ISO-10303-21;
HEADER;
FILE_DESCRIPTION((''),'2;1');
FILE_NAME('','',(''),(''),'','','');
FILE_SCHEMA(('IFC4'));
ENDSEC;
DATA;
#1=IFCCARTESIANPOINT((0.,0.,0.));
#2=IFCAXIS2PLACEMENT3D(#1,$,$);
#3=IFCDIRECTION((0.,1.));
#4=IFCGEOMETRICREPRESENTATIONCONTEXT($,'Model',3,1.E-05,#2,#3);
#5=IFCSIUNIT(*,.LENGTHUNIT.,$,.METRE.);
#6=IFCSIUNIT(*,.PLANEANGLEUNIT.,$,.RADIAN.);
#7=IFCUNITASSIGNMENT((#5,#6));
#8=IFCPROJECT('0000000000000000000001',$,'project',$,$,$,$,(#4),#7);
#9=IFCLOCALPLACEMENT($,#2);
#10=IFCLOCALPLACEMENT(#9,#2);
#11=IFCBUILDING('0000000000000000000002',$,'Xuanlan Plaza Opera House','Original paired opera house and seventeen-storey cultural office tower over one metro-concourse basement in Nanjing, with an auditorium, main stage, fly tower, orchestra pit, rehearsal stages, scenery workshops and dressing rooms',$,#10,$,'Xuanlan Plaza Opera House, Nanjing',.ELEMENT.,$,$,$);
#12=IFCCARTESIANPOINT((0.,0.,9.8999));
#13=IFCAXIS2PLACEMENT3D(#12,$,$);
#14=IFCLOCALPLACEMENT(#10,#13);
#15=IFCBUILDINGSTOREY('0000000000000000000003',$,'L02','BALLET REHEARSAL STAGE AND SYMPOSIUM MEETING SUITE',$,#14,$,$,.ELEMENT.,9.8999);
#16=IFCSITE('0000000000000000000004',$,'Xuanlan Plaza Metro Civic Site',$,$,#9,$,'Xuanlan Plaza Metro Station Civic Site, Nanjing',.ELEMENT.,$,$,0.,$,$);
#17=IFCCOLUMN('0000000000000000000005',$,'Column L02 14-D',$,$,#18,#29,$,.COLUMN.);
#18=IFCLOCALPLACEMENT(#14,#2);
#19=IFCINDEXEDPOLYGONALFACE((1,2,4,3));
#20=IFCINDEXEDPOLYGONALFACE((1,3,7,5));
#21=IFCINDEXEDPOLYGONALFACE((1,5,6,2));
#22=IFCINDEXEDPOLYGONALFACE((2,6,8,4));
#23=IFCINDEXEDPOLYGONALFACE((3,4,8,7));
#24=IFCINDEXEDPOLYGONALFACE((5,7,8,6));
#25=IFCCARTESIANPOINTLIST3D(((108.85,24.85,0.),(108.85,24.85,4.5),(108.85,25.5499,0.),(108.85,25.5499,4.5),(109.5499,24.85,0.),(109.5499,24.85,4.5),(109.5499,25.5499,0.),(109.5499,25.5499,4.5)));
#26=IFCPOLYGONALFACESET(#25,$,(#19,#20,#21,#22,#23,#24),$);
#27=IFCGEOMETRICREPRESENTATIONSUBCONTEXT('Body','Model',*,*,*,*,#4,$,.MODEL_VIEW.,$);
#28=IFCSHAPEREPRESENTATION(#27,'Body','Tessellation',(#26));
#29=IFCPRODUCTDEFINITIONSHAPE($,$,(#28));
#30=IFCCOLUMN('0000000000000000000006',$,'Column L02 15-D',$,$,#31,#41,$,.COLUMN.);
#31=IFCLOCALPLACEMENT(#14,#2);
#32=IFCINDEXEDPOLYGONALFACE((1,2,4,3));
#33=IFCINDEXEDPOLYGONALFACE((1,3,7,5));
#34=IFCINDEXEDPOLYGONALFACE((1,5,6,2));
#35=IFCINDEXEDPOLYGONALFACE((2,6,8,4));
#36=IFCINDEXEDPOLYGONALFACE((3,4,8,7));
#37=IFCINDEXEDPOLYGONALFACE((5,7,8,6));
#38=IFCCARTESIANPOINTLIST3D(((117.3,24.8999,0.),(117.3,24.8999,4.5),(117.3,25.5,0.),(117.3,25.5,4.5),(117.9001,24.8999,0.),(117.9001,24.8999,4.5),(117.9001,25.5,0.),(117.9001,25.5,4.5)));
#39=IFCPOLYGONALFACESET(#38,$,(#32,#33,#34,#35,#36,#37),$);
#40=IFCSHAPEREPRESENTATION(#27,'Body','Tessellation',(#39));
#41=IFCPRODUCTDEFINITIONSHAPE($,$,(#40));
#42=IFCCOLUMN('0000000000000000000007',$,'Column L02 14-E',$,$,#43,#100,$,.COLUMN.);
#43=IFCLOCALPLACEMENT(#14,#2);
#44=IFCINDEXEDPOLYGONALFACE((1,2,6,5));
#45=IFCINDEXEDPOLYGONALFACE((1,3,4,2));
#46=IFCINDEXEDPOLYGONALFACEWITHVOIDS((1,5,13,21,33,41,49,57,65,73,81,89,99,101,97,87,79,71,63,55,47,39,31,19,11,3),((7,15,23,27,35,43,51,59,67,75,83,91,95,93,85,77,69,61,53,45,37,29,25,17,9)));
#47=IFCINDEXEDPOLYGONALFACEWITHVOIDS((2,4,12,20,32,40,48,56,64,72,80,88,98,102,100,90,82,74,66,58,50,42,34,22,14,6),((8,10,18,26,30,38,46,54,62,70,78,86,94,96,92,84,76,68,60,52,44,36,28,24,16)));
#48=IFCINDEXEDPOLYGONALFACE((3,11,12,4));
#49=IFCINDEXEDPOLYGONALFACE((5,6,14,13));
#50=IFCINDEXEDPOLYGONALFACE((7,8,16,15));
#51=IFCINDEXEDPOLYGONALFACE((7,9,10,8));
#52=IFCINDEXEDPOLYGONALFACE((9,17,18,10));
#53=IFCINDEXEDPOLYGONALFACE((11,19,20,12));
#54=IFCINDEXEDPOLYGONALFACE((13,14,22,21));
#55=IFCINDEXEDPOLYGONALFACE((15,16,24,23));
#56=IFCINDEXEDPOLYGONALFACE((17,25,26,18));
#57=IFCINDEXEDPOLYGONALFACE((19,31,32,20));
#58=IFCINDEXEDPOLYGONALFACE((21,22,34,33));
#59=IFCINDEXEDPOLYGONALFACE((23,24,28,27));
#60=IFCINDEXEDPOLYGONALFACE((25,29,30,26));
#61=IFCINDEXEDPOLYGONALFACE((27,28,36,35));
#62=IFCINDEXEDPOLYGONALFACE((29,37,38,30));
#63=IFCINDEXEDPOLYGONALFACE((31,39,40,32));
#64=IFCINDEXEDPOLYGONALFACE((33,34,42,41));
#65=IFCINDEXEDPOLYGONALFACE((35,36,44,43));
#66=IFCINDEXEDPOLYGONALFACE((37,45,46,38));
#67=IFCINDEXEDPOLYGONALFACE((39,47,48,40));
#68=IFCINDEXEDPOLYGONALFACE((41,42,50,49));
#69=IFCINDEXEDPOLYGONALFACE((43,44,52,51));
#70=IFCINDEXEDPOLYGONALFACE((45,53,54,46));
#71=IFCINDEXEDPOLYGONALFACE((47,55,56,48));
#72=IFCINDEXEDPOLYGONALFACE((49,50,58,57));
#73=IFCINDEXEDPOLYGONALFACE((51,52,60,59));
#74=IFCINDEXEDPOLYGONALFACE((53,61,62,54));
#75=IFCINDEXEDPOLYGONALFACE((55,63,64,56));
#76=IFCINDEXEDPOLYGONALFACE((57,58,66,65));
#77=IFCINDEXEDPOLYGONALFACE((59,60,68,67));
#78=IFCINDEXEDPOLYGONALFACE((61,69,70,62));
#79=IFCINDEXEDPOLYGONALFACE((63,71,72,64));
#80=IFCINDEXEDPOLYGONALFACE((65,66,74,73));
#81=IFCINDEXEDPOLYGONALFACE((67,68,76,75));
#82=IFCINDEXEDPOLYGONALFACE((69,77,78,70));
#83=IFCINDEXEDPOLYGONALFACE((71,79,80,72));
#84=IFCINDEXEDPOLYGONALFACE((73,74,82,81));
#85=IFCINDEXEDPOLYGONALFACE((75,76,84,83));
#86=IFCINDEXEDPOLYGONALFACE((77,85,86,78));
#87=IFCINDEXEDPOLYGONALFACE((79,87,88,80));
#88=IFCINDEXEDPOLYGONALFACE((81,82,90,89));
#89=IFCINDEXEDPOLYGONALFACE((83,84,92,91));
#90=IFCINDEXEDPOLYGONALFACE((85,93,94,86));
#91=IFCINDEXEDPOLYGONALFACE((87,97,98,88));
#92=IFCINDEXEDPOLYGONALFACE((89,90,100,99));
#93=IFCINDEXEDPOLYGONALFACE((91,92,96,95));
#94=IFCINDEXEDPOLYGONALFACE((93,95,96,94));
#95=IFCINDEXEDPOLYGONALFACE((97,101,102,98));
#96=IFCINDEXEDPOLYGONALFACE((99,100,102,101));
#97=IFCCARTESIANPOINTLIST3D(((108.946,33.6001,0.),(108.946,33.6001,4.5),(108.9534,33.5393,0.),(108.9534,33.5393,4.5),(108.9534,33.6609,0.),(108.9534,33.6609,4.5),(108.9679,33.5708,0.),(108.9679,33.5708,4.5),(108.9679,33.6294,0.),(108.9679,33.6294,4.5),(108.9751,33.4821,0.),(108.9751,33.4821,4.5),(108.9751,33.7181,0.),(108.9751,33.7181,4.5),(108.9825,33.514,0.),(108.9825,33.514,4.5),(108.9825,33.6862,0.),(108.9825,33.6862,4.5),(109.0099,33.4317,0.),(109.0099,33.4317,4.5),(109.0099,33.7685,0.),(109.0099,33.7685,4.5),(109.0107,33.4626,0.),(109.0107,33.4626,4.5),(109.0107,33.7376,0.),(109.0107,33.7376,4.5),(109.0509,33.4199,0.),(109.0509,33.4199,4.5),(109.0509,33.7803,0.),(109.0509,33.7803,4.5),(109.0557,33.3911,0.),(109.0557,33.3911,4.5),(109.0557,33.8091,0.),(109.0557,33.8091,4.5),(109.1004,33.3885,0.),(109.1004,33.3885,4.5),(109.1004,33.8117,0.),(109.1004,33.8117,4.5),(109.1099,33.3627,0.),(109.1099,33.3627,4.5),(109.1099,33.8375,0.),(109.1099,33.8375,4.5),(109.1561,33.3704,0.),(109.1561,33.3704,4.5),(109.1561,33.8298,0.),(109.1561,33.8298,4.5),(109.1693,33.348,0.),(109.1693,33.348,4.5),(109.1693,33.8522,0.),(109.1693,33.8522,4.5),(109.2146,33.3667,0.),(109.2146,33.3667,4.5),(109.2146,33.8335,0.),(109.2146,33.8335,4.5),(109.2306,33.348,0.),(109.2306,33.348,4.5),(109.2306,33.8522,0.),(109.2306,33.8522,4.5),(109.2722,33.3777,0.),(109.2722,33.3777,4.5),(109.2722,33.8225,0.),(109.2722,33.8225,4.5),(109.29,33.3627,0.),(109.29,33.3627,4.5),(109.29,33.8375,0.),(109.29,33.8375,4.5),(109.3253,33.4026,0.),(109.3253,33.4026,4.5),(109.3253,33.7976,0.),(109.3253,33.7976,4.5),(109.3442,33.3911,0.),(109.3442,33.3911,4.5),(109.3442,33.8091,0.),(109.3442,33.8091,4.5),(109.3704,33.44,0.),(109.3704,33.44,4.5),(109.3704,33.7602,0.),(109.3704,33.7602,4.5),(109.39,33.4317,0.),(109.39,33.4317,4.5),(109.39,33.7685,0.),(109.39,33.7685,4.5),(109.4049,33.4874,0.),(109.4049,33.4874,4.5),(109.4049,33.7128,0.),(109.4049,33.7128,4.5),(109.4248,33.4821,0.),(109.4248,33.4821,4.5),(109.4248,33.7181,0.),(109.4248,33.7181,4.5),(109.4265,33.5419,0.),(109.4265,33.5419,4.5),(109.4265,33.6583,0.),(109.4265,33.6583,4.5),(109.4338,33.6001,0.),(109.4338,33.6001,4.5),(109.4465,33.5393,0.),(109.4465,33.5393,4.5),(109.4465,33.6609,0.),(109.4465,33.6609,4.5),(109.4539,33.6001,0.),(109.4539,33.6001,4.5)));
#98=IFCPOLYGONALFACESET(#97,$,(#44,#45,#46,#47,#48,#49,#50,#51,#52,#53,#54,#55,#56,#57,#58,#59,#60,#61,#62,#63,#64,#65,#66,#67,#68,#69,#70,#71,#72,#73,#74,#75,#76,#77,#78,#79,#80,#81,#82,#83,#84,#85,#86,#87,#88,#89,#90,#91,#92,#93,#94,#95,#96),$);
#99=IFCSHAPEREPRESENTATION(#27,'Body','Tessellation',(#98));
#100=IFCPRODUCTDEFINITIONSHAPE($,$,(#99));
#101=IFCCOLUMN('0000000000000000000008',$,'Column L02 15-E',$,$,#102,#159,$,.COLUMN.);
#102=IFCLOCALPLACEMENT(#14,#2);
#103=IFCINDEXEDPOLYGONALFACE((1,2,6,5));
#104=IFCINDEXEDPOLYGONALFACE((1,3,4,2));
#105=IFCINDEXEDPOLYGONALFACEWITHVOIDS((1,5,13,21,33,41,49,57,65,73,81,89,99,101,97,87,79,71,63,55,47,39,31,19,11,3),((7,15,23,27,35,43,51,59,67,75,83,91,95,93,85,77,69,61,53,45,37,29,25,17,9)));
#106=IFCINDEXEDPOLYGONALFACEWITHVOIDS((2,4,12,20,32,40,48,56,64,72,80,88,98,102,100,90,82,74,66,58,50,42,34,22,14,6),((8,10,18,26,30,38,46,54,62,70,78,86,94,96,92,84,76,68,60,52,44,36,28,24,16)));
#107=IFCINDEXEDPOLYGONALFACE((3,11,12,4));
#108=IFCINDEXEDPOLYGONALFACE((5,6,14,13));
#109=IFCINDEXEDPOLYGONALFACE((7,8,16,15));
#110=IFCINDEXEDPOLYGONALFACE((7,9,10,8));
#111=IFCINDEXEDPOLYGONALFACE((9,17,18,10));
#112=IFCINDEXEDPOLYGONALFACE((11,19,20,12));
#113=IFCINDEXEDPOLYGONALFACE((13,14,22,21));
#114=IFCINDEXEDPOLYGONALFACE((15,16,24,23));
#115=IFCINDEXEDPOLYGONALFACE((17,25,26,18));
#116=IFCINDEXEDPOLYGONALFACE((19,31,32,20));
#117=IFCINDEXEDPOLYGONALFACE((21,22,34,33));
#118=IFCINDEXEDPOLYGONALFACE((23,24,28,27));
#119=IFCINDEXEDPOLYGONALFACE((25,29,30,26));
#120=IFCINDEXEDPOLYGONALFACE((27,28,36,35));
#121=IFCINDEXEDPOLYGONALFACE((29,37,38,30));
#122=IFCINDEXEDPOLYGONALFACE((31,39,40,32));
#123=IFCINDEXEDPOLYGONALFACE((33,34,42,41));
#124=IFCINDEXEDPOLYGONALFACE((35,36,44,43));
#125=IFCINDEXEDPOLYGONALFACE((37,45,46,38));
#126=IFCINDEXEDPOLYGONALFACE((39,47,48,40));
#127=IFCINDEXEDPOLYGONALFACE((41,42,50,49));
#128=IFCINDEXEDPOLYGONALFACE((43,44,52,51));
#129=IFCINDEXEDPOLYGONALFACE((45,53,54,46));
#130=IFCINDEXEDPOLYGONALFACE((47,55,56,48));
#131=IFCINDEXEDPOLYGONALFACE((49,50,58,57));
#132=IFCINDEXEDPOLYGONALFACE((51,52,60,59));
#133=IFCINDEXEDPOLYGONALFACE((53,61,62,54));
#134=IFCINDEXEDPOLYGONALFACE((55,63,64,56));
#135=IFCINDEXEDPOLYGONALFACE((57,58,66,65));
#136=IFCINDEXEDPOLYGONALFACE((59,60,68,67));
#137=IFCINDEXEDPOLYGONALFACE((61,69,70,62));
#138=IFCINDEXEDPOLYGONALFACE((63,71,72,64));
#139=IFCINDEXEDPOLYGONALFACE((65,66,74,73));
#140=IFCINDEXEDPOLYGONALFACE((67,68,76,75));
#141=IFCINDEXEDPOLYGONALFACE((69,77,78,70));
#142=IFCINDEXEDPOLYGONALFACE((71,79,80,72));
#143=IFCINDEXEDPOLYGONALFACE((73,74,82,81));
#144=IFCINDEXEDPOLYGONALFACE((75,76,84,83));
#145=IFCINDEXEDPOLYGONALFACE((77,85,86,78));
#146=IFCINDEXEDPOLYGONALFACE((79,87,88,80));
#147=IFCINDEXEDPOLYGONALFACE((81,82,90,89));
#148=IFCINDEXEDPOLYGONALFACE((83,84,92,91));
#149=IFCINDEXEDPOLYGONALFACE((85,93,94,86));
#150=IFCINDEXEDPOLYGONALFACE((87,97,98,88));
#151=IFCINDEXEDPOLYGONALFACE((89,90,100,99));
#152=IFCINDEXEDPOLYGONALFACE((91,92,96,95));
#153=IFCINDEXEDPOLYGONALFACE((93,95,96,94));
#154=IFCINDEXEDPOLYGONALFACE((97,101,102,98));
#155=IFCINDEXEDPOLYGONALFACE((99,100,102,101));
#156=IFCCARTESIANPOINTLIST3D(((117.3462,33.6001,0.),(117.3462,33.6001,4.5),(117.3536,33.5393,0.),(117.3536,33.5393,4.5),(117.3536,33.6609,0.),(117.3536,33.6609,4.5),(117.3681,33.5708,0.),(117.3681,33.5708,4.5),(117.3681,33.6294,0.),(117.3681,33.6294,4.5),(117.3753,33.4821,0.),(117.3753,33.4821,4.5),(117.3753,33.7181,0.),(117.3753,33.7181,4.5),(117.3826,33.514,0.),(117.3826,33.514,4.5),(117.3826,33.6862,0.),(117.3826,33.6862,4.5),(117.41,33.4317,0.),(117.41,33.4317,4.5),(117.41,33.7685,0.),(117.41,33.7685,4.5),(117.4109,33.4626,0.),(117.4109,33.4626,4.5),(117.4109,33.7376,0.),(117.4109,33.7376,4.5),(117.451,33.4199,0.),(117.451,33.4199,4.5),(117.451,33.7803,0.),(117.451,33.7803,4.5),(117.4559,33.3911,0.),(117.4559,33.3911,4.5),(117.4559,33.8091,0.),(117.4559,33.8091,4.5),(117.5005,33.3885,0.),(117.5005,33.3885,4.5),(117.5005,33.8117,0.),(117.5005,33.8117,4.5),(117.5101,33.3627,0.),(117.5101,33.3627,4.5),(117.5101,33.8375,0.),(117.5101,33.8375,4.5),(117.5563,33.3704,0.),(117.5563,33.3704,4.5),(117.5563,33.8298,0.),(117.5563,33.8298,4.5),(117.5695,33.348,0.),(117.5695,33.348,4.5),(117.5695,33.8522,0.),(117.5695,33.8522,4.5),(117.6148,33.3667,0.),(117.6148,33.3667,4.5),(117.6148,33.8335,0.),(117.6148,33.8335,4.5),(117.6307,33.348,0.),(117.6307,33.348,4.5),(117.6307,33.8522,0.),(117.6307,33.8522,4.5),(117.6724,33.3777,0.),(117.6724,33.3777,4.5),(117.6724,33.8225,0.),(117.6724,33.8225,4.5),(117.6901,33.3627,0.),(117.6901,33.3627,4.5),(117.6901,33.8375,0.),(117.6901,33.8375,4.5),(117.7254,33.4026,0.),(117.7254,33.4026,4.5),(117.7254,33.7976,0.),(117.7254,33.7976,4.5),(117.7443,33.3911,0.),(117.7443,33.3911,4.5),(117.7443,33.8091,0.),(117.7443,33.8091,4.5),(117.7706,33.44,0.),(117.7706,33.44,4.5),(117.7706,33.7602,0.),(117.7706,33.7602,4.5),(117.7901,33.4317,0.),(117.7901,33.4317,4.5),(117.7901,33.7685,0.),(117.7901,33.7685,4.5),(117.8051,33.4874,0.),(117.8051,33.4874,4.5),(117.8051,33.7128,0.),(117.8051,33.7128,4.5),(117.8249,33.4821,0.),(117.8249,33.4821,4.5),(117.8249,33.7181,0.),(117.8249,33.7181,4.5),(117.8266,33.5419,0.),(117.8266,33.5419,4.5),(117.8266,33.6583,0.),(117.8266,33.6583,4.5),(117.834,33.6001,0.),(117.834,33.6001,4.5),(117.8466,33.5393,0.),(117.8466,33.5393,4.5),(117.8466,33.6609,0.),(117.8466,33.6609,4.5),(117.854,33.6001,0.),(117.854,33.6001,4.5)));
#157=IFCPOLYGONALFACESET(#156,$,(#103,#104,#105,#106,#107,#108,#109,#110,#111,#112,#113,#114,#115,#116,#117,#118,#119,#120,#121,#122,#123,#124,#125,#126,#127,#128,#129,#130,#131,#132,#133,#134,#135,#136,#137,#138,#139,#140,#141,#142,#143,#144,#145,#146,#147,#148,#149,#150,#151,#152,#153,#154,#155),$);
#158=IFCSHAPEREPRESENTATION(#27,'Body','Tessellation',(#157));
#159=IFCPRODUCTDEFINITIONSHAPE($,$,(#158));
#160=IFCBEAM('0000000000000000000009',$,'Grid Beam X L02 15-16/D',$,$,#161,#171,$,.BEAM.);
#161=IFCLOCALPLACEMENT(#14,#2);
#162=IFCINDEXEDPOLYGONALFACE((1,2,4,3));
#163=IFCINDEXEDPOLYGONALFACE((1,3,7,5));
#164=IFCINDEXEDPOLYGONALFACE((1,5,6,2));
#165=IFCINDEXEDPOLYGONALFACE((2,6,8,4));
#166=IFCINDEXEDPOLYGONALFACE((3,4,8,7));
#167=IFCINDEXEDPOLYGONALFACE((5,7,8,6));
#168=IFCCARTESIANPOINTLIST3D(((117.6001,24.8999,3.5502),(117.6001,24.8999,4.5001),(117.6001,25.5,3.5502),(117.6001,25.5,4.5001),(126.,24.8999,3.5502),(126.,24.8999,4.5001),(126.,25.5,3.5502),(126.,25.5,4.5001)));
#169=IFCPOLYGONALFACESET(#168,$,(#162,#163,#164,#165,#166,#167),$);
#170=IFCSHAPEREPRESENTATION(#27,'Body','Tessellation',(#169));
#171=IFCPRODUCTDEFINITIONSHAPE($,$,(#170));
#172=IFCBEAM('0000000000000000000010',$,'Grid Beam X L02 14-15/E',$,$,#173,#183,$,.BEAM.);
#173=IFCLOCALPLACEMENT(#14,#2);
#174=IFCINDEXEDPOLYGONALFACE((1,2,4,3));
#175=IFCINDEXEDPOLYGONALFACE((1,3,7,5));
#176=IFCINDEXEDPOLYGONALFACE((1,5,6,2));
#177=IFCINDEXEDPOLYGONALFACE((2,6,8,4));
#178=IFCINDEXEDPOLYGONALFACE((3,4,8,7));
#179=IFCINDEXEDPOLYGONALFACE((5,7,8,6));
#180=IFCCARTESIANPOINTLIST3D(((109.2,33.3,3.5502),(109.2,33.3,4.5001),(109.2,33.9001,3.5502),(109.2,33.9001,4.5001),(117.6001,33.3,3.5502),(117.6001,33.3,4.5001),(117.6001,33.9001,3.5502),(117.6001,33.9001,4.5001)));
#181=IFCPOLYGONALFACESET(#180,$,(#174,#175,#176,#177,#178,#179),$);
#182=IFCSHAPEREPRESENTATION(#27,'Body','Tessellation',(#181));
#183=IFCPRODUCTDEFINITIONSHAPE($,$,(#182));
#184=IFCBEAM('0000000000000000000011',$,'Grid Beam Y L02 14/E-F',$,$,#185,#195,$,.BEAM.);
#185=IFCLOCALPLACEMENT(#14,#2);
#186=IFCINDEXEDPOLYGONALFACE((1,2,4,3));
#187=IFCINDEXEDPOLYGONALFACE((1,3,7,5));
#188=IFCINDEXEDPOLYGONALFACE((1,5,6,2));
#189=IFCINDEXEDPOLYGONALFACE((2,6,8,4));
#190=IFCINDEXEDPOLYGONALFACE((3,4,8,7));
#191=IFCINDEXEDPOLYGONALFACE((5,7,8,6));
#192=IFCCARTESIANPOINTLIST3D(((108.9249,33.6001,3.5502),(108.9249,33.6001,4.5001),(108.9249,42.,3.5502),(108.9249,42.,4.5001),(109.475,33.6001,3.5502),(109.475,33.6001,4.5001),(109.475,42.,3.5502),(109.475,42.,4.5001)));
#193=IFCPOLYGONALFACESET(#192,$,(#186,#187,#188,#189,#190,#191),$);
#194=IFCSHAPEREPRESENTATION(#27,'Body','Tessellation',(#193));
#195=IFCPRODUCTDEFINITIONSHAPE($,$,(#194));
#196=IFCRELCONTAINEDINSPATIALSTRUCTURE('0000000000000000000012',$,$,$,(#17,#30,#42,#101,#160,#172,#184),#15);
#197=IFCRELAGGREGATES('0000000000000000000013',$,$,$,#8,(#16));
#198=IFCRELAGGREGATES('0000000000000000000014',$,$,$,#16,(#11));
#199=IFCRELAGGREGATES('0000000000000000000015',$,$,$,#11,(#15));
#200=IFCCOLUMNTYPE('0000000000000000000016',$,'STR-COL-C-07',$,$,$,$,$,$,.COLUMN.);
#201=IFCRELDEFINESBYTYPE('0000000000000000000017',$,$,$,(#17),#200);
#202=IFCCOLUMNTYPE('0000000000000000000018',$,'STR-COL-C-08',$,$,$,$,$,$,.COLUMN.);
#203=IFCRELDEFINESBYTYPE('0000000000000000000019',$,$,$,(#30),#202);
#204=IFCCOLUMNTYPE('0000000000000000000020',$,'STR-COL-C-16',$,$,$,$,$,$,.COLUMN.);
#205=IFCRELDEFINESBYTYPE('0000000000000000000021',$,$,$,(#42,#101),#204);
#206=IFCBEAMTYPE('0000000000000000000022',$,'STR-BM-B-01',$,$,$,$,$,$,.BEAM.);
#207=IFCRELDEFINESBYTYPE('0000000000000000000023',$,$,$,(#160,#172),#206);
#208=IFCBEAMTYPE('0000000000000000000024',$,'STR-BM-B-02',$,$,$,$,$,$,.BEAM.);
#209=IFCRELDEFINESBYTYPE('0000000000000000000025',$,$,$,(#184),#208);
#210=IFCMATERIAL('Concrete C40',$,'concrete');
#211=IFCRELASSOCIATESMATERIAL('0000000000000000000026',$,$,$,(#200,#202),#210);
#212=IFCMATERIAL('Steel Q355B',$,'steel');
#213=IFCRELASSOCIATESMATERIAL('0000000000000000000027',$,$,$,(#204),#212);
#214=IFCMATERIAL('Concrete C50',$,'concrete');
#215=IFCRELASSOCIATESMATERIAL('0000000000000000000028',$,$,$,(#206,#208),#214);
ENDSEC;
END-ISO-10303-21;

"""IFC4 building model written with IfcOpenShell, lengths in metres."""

from ifc_helpers import new_model, si_unit, direction, frame, origin, origin_2d, place, context, subcontext, project, spatial, rectangle, hollow_circle, extrude, material, material_profile, profile_set, type_object, element, save


model = new_model("IFC4")

# Units and contexts
model_context = context("Model", 3, precision=1e-05, world=origin(), true_north=direction((0.0, 1.0)))
body_context = subcontext(model_context, "Body", "Model", "MODEL_VIEW")
ifc_project = project(units=[si_unit("LENGTHUNIT", "METRE"), si_unit("PLANEANGLEUNIT", "RADIAN")], contexts=[model_context])

# Site, building, storey
site_placement = place(None, origin())
site = spatial("IfcSite", under=ifc_project, at=site_placement, Name="Xuanlan Plaza Metro Civic Site", LongName="Xuanlan Plaza Metro Station Civic Site, Nanjing", CompositionType="ELEMENT", RefElevation=0.0)
building_placement = place(site_placement, origin())
building = spatial("IfcBuilding", under=site, at=building_placement, Name="Xuanlan Plaza Opera House", Description="Original paired opera house and seventeen-storey cultural office tower over one metro-concourse basement in Nanjing, with an auditorium, main stage, fly tower, orchestra pit, rehearsal stages, scenery workshops and dressing rooms", LongName="Xuanlan Plaza Opera House, Nanjing", CompositionType="ELEMENT")
storey_placement = place(building_placement, frame((0.0, 0.0, 9.8999)))
storey = spatial("IfcBuildingStorey", under=building, at=storey_placement, Name="L02", Description="BALLET REHEARSAL STAGE AND SYMPOSIUM MEETING SUITE", CompositionType="ELEMENT", Elevation=9.8999)

# Columns
ifc_material_1 = material(Name="Concrete C40", Category="concrete")
ifc_material_profile_1 = material_profile(ifc_material_1, rectangle(XDim=0.7, YDim=0.7, at=origin_2d()), Name="RC-COL 700x700")
ifc_profile_set_1 = profile_set([ifc_material_profile_1], Name="Concrete C40")
column_type_1 = type_object("IfcColumnType", Name="STR-COL-C-07", PredefinedType="COLUMN", material=ifc_profile_set_1)
column_1_placement = place(storey_placement, frame((109.2, 25.2, 0.0), z_axis=(0.0, 0.0, 1.0), x_axis=(1.0, 0.0, 0.0)))
element("IfcColumn", 1, at=column_1_placement, inside=storey, type_object=column_type_1, Name="Column L02 14-D", PredefinedType="COLUMN", context=body_context, shape_type="SweptSolid", body=[
    extrude(rectangle(XDim=0.7, YDim=0.7, at=origin_2d()), origin(), (0.0, 0.0, 1.0), 4.5),
])
ifc_material_profile_2 = material_profile(ifc_material_1, rectangle(XDim=0.6001, YDim=0.6001, at=origin_2d()), Name="RC-COL 600x600")
ifc_profile_set_2 = profile_set([ifc_material_profile_2], Name="Concrete C40")
column_type_2 = type_object("IfcColumnType", Name="STR-COL-C-08", PredefinedType="COLUMN", material=ifc_profile_set_2)
column_2_placement = place(storey_placement, frame((117.6001, 25.2, 0.0), z_axis=(0.0, 0.0, 1.0), x_axis=(1.0, 0.0, 0.0)))
element("IfcColumn", 2, at=column_2_placement, inside=storey, type_object=column_type_2, Name="Column L02 15-D", PredefinedType="COLUMN", context=body_context, shape_type="SweptSolid", body=[
    extrude(rectangle(XDim=0.6001, YDim=0.6001, at=origin_2d()), origin(), (0.0, 0.0, 1.0), 4.5),
])
ifc_material_2 = material(Name="Steel Q355B", Category="steel")
ifc_material_profile_3 = material_profile(ifc_material_2, hollow_circle(Radius=0.2539, WallThickness=0.02, at=origin_2d()), Name="CHS 508x20")
ifc_profile_set_3 = profile_set([ifc_material_profile_3], Name="Steel Q355B")
column_type_3 = type_object("IfcColumnType", Name="STR-COL-C-16", PredefinedType="COLUMN", material=ifc_profile_set_3)
for number, where, z_axis, x_axis, name in (
    (3, (109.2, 33.6001, 0.0), (0.0, 0.0, 1.0), (1.0, 0.0, 0.0), "Column L02 14-E"),
    (4, (117.6001, 33.6001, 0.0), (0.0, 0.0, 1.0), (1.0, 0.0, 0.0), "Column L02 15-E"),
):
    element("IfcColumn", number, at=place(storey_placement, frame(where, z_axis=z_axis, x_axis=x_axis)), inside=storey, type_object=column_type_3, Name=name, PredefinedType="COLUMN", context=body_context, shape_type="SweptSolid", body=[
        extrude(hollow_circle(Radius=0.2539, WallThickness=0.02, at=origin_2d()), origin(), (0.0, 0.0, 1.0), 4.5),
    ])

# Beams
ifc_material_3 = material(Name="Concrete C50", Category="concrete")
ifc_material_profile_4 = material_profile(ifc_material_3, rectangle(XDim=0.6001, YDim=0.95, at=origin_2d()), Name="RC-BM 600x950")
ifc_profile_set_4 = profile_set([ifc_material_profile_4], Name="Concrete C50")
beam_type_1 = type_object("IfcBeamType", Name="STR-BM-B-01", PredefinedType="BEAM", material=ifc_profile_set_4)
beam_1_placement = place(storey_placement, frame((117.6001, 25.2, 4.0251), z_axis=(1.0, 0.0, 0.0), x_axis=(0.0, 1.0, 0.0)))
element("IfcBeam", 5, at=beam_1_placement, inside=storey, type_object=beam_type_1, Name="Grid Beam X L02 15-16/D", PredefinedType="BEAM", context=body_context, shape_type="SweptSolid", body=[
    extrude(rectangle(XDim=0.6001, YDim=0.95, at=origin_2d()), origin(), (0.0, 0.0, 1.0), 8.3999),
])
beam_2_placement = place(storey_placement, frame((109.2, 33.6001, 4.0251), z_axis=(1.0, 0.0, 0.0), x_axis=(0.0, 1.0, 0.0)))
element("IfcBeam", 6, at=beam_2_placement, inside=storey, type_object=beam_type_1, Name="Grid Beam X L02 14-15/E", PredefinedType="BEAM", context=body_context, shape_type="SweptSolid", body=[
    extrude(rectangle(XDim=0.6001, YDim=0.95, at=origin_2d()), origin(), (0.0, 0.0, 1.0), 8.4001),
])
ifc_material_profile_5 = material_profile(ifc_material_3, rectangle(XDim=0.55, YDim=0.95, at=origin_2d()), Name="RC-BM 550x950")
ifc_profile_set_5 = profile_set([ifc_material_profile_5], Name="Concrete C50")
beam_type_2 = type_object("IfcBeamType", Name="STR-BM-B-02", PredefinedType="BEAM", material=ifc_profile_set_5)
beam_3_placement = place(storey_placement, frame((109.2, 33.6001, 4.0251), z_axis=(0.0, 1.0, 0.0), x_axis=(-1.0, 0.0, 0.0)))
element("IfcBeam", 7, at=beam_3_placement, inside=storey, type_object=beam_type_2, Name="Grid Beam Y L02 14/E-F", PredefinedType="BEAM", context=body_context, shape_type="SweptSolid", body=[
    extrude(rectangle(XDim=0.55, YDim=0.95, at=origin_2d()), origin(), (0.0, 0.0, 1.0), 8.3999),
])

save(model, "model.ifc")
